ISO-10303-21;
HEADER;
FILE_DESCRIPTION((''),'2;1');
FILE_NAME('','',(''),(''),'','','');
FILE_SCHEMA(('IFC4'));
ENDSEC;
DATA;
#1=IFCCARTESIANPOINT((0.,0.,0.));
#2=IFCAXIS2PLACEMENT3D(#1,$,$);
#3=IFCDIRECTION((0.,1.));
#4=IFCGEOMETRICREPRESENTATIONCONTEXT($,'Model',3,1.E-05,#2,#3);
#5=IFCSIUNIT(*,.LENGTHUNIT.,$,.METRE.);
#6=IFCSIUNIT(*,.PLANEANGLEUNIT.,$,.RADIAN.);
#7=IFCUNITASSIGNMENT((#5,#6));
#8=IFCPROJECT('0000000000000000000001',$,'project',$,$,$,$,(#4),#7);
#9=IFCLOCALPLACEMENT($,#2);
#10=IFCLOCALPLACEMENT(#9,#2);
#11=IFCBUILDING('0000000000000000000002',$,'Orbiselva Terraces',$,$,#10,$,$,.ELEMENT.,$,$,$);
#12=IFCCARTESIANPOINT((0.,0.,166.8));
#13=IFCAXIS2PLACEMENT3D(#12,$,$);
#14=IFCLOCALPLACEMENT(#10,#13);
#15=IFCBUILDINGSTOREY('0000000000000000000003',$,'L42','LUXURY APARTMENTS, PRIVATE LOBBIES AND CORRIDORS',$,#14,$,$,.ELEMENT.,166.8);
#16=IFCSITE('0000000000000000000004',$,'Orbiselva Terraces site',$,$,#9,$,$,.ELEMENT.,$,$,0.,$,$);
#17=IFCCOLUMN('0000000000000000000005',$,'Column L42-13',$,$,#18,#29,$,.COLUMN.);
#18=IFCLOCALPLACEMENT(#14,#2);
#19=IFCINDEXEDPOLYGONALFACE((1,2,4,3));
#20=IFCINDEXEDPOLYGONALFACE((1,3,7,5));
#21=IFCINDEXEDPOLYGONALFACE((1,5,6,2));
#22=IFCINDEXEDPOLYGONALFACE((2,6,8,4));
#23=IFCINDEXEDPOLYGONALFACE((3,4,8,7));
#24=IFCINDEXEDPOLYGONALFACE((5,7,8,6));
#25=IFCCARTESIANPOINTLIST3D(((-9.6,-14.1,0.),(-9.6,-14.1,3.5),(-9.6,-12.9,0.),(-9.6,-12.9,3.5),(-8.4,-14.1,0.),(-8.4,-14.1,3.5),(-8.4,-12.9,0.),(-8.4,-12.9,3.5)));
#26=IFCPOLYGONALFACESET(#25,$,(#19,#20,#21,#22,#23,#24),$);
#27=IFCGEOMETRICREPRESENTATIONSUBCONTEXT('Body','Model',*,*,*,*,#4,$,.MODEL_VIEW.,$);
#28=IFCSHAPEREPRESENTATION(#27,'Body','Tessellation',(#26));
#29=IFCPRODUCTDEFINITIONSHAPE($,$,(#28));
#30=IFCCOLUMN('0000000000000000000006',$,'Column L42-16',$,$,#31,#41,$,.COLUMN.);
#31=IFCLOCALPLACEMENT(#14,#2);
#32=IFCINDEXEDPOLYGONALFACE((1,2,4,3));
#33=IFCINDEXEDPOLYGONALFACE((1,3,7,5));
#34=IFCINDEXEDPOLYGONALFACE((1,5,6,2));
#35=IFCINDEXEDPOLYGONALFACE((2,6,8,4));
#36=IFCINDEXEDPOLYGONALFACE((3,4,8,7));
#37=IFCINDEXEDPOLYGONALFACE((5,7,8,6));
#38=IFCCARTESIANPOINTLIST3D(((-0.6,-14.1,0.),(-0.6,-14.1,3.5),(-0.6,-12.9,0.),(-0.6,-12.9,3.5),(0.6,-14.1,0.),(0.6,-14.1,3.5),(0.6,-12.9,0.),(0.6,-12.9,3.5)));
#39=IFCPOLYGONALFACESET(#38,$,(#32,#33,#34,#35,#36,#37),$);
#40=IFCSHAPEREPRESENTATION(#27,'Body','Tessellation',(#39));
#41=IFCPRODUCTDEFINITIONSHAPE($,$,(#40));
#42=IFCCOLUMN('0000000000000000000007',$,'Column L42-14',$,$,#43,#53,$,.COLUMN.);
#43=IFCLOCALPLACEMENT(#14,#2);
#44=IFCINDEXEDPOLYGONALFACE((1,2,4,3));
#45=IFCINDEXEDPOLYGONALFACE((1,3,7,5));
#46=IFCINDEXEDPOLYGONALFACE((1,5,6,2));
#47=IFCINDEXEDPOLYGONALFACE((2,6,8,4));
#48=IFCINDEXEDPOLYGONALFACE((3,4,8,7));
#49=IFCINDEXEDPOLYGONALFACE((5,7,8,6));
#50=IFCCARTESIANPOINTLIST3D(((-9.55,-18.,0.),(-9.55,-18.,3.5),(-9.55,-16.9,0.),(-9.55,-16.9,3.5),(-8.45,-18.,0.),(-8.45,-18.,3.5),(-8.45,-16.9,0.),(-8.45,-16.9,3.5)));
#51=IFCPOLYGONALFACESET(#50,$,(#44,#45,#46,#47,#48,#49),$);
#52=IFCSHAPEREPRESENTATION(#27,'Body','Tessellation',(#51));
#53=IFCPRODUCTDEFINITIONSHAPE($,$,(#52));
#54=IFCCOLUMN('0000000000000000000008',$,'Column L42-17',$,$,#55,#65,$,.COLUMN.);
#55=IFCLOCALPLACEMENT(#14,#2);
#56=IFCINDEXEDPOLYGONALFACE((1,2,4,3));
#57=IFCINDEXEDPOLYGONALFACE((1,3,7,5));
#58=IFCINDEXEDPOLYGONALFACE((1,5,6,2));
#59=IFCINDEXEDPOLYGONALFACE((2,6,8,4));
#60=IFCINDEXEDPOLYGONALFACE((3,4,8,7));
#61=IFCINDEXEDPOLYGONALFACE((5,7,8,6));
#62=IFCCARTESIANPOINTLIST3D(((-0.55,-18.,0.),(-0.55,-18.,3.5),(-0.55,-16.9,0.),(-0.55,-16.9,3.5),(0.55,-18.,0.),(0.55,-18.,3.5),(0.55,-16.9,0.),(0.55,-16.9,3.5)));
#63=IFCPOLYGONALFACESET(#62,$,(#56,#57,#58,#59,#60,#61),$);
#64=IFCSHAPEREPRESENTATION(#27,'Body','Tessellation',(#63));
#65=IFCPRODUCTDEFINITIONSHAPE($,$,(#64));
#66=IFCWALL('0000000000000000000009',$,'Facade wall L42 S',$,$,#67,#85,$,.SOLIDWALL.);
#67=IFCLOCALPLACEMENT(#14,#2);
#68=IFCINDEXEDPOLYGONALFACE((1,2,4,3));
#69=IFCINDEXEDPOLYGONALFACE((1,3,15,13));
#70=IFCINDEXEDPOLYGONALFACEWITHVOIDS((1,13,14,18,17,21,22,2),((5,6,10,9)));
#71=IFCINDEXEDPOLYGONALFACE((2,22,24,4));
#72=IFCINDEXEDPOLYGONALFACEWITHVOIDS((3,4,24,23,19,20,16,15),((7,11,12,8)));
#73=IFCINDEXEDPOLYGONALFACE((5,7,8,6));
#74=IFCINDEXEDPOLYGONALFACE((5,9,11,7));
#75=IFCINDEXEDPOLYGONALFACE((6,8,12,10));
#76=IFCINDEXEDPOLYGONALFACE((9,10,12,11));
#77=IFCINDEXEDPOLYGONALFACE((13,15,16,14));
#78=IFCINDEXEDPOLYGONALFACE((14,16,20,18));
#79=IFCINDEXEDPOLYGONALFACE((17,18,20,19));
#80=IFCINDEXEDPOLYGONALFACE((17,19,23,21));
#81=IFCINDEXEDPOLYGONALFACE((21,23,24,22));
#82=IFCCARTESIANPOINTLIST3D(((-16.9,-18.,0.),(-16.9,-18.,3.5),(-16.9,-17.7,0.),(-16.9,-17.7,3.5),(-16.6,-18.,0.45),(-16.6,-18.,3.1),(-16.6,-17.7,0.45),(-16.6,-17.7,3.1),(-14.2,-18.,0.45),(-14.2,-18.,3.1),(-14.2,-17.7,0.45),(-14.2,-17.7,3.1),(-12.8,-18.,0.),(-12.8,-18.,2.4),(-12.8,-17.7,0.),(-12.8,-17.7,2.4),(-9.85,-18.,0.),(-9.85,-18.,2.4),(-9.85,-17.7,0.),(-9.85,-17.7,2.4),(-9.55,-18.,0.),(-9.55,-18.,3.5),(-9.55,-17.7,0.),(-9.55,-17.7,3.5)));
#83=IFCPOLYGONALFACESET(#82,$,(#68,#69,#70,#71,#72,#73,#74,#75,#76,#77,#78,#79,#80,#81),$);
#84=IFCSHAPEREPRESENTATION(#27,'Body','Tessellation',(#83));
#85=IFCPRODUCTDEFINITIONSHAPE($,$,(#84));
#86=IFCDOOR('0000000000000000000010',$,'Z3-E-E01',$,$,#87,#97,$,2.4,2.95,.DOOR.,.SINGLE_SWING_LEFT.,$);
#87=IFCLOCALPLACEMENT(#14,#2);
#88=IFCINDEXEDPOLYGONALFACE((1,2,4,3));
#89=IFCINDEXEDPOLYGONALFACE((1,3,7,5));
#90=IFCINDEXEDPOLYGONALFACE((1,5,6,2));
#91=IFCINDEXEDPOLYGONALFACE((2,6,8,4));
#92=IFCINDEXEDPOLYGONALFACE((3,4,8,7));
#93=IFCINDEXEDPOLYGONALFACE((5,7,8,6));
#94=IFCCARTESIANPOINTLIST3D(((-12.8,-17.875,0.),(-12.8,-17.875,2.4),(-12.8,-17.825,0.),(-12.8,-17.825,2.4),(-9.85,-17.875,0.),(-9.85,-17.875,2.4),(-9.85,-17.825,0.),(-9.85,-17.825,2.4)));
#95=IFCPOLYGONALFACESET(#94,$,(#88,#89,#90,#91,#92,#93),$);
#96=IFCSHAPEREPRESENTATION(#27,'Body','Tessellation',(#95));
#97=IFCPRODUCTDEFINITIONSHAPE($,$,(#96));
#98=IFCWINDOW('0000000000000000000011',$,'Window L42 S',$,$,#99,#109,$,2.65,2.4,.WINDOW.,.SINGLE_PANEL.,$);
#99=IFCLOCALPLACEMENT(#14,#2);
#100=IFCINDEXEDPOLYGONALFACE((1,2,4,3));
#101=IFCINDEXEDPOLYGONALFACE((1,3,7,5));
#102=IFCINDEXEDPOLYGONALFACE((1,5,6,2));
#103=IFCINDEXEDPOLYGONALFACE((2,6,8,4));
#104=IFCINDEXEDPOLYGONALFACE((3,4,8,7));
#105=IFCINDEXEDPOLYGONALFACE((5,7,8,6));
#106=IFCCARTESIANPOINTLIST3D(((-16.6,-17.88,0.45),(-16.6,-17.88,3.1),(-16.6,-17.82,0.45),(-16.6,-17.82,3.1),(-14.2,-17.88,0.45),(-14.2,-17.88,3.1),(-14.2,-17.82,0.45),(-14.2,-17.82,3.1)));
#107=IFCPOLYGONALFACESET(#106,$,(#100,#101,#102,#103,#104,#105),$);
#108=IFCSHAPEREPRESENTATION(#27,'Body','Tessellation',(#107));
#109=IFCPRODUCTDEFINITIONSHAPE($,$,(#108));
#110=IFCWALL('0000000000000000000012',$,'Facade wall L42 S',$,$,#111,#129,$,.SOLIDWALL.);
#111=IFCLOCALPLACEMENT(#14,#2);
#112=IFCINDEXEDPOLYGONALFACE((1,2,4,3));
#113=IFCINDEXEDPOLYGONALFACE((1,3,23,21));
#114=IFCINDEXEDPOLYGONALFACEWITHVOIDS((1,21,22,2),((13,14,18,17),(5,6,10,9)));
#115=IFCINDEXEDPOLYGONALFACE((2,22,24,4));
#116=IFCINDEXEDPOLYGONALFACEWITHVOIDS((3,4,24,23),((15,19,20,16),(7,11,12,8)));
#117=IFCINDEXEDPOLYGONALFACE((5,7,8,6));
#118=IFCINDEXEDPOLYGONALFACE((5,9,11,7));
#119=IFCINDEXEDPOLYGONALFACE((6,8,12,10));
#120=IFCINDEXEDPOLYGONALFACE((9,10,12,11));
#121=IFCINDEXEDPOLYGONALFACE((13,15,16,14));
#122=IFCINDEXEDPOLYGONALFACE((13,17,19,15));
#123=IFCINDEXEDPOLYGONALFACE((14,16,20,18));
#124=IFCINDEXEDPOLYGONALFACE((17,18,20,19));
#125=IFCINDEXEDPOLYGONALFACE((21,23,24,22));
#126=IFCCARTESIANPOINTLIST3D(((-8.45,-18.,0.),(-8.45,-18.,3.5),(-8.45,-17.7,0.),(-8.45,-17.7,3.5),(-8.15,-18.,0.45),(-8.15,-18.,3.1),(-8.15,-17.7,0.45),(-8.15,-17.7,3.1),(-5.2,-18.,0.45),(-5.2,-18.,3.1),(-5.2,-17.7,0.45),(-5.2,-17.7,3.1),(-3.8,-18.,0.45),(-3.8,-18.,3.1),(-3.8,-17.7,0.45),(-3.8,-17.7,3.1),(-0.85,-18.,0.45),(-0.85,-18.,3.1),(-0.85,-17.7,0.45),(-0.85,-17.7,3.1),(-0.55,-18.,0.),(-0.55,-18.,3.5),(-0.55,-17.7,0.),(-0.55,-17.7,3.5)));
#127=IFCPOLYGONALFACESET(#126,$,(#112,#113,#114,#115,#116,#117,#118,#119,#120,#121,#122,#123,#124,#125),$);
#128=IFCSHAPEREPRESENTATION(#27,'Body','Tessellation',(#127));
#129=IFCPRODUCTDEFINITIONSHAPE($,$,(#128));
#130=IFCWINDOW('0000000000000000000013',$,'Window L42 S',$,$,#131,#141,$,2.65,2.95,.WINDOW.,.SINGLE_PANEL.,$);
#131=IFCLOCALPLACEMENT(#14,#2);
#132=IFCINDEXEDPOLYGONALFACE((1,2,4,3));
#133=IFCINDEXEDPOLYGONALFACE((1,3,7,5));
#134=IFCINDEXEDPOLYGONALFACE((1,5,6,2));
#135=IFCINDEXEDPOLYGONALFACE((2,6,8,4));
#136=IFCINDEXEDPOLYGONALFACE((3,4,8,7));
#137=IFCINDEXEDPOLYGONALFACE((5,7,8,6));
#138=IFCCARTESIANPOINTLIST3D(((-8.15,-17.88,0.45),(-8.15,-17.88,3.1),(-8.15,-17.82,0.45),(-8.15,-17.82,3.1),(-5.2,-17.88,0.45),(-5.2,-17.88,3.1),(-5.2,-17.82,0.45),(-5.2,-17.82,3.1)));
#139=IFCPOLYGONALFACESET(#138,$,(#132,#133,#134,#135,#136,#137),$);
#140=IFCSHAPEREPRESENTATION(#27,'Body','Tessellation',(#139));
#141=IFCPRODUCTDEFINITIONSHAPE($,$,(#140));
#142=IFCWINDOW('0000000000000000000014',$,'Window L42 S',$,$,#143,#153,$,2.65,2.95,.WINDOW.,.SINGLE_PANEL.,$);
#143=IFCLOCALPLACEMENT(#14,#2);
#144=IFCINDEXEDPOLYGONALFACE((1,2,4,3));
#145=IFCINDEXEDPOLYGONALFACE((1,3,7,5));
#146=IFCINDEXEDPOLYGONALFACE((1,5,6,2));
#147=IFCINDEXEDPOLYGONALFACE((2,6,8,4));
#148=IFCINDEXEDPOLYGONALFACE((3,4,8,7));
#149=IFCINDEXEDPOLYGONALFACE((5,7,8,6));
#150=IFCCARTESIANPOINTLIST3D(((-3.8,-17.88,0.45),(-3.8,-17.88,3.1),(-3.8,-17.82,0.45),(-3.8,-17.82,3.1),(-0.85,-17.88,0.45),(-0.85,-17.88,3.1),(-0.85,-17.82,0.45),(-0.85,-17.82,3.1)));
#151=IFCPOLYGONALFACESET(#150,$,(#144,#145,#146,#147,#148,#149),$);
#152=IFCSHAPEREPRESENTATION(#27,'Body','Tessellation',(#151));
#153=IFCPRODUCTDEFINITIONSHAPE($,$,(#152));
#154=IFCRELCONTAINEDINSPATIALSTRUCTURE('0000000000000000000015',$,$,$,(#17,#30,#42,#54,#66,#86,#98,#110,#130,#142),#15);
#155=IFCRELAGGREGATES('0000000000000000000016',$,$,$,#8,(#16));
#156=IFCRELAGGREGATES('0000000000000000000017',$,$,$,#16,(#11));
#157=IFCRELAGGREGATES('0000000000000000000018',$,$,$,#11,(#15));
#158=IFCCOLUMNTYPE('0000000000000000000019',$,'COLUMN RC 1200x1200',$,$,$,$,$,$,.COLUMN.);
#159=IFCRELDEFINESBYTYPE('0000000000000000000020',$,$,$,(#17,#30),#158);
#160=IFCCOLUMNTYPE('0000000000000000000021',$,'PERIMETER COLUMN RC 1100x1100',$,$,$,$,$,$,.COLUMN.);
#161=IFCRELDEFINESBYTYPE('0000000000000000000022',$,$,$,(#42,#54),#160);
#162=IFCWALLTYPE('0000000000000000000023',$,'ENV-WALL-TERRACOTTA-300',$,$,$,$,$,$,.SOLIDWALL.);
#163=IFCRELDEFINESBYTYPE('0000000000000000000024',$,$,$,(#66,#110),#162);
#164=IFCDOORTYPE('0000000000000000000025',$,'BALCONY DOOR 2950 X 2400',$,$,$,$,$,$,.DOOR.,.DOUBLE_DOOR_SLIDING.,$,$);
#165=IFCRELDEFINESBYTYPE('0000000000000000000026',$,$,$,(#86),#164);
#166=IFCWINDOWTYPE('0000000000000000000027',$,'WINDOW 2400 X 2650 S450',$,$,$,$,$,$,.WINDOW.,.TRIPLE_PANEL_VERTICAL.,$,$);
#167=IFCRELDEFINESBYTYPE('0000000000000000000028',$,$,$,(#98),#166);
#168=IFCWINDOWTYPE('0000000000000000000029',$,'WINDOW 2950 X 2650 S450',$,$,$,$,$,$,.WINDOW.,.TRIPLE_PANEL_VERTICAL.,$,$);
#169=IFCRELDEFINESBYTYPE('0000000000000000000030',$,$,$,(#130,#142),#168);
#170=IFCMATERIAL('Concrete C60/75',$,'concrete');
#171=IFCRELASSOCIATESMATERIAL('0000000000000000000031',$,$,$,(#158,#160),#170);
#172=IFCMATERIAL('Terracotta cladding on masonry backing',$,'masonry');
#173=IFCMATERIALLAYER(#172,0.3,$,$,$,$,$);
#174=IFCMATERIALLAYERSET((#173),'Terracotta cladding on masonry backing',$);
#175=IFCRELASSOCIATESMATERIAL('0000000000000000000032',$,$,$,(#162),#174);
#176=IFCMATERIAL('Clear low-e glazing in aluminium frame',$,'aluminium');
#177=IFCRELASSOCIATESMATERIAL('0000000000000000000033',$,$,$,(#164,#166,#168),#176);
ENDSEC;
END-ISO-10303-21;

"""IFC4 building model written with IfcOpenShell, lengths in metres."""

from ifc_helpers import new_model, si_unit, direction, frame, frame_2d, origin, origin_2d, place, context, subcontext, project, spatial, rectangle, extrude, material, layer, layer_set, material_profile, profile_set, type_object, element, fill, save


model = new_model("IFC4")

# Units and contexts
model_context = context("Model", 3, precision=1e-05, world=origin(), true_north=direction((0.0, 1.0)))
body_context = subcontext(model_context, "Body", "Model", "MODEL_VIEW")
ifc_project = project(units=[si_unit("LENGTHUNIT", "METRE"), si_unit("PLANEANGLEUNIT", "RADIAN")], contexts=[model_context])

# Site, building, storey
site_placement = place(None, origin())
site = spatial("IfcSite", under=ifc_project, at=site_placement, Name="Orbiselva Terraces site", CompositionType="ELEMENT", RefElevation=0.0)
building_placement = place(site_placement, origin())
building = spatial("IfcBuilding", under=site, at=building_placement, Name="Orbiselva Terraces", CompositionType="ELEMENT")
storey_placement = place(building_placement, frame((0.0, 0.0, 166.8)))
storey = spatial("IfcBuildingStorey", under=building, at=storey_placement, Name="L42", Description="LUXURY APARTMENTS, PRIVATE LOBBIES AND CORRIDORS", CompositionType="ELEMENT", Elevation=166.8)

# Columns
ifc_material_1 = material(Name="Concrete C60/75", Category="concrete")
ifc_material_profile_1 = material_profile(ifc_material_1, rectangle(XDim=1.2, YDim=1.2, at=origin_2d()), Name="RC 1200x1200")
ifc_profile_set_1 = profile_set([ifc_material_profile_1], Name="Concrete C60/75")
column_type_1 = type_object("IfcColumnType", Name="COLUMN RC 1200x1200", PredefinedType="COLUMN", material=ifc_profile_set_1)
for number, where, z_axis, x_axis, name in (
    (1, (-9.0, -13.5, 0.0), (0.0, 0.0, 1.0), (1.0, 0.0, 0.0), "Column L42-13"),
    (2, (0.0, -13.5, 0.0), (0.0, 0.0, 1.0), (1.0, 0.0, 0.0), "Column L42-16"),
):
    element("IfcColumn", number, at=place(storey_placement, frame(where, z_axis=z_axis, x_axis=x_axis)), inside=storey, type_object=column_type_1, Name=name, PredefinedType="COLUMN", context=body_context, shape_type="SweptSolid", body=[
        extrude(rectangle(XDim=1.2, YDim=1.2, at=origin_2d()), origin(), (0.0, 0.0, 1.0), 3.5),
    ])
ifc_material_profile_2 = material_profile(ifc_material_1, rectangle(XDim=1.1, YDim=1.1, at=origin_2d()), Name="RC 1100x1100")
ifc_profile_set_2 = profile_set([ifc_material_profile_2], Name="Concrete C60/75")
column_type_2 = type_object("IfcColumnType", Name="PERIMETER COLUMN RC 1100x1100", PredefinedType="COLUMN", material=ifc_profile_set_2)
for number, where, z_axis, x_axis, name in (
    (3, (-9.0, -17.45, 0.0), (0.0, 0.0, 1.0), (1.0, 0.0, 0.0), "Column L42-14"),
    (4, (0.0, -17.45, 0.0), (0.0, 0.0, 1.0), (1.0, 0.0, 0.0), "Column L42-17"),
):
    element("IfcColumn", number, at=place(storey_placement, frame(where, z_axis=z_axis, x_axis=x_axis)), inside=storey, type_object=column_type_2, Name=name, PredefinedType="COLUMN", context=body_context, shape_type="SweptSolid", body=[
        extrude(rectangle(XDim=1.1, YDim=1.1, at=origin_2d()), origin(), (0.0, 0.0, 1.0), 3.5),
    ])

# Wall, openings, door, window
ifc_material_2 = material(Name="Terracotta cladding on masonry backing", Category="masonry")
ifc_layer_1 = layer(ifc_material_2, 0.3)
ifc_layer_set_1 = layer_set([ifc_layer_1], Name="Terracotta cladding on masonry backing")
wall_type_1 = type_object("IfcWallType", Name="ENV-WALL-TERRACOTTA-300", PredefinedType="SOLIDWALL", material=ifc_layer_set_1)
wall_1_placement = place(storey_placement, frame((-9.55, -17.85, 0.0), z_axis=(0.0, 0.0, 1.0), x_axis=(-1.0, 0.0, 0.0)))
wall_1 = element("IfcWall", 5, at=wall_1_placement, inside=storey, type_object=wall_type_1, Name="Facade wall L42 S", PredefinedType="SOLIDWALL", context=body_context, shape_type="SweptSolid", body=[
    extrude(rectangle(XDim=7.35, YDim=0.3, at=frame_2d((3.675, 0.0))), origin(), (0.0, 0.0, 1.0), 3.5),
])
opening_1_placement = place(wall_1_placement, frame((4.65, 0.0, 0.45)))
opening_1 = element("IfcOpeningElement", 6, at=opening_1_placement, cuts=wall_1, PredefinedType="OPENING", context=body_context, shape_type="SweptSolid", body=[
    extrude(rectangle(XDim=2.4, YDim=2.65, at=frame_2d((1.2, 1.325))), frame((0.0, 0.16, 0.0), z_axis=(0.0, -1.0, 0.0), x_axis=(1.0, 0.0, 0.0)), (0.0, 0.0, 1.0), 0.32),
])
opening_2_placement = place(wall_1_placement, frame((0.3, 0.0, 0.0)))
opening_2 = element("IfcOpeningElement", 7, at=opening_2_placement, cuts=wall_1, PredefinedType="OPENING", context=body_context, shape_type="SweptSolid", body=[
    extrude(rectangle(XDim=2.95, YDim=2.4, at=frame_2d((1.475, 1.2))), frame((0.0, 0.16, 0.0), z_axis=(0.0, -1.0, 0.0), x_axis=(1.0, 0.0, 0.0)), (0.0, 0.0, 1.0), 0.32),
])
ifc_material_3 = material(Name="Clear low-e glazing in aluminium frame", Category="aluminium")
door_type_1 = type_object("IfcDoorType", Name="BALCONY DOOR 2950 X 2400", OperationType="DOUBLE_DOOR_SLIDING", PredefinedType="DOOR", material=ifc_material_3)
door_1_placement = place(opening_2_placement, origin())
door_1 = element("IfcDoor", 8, at=door_1_placement, inside=storey, type_object=door_type_1, Name="Z3-E-E01", OperationType="SINGLE_SWING_LEFT", OverallHeight=2.4, OverallWidth=2.95, PredefinedType="DOOR", context=body_context, shape_type="SweptSolid", body=[
    extrude(rectangle(XDim=2.95, YDim=2.4, at=frame_2d((1.475, 1.2))), frame((0.0, 0.025, 0.0), z_axis=(0.0, -1.0, 0.0), x_axis=(1.0, 0.0, 0.0)), (0.0, 0.0, 1.0), 0.05),
])
fill(opening_2, door_1)
window_type_1 = type_object("IfcWindowType", Name="WINDOW 2400 X 2650 S450", PartitioningType="TRIPLE_PANEL_VERTICAL", PredefinedType="WINDOW", material=ifc_material_3)
window_1_placement = place(opening_1_placement, origin())
window_1 = element("IfcWindow", 9, at=window_1_placement, inside=storey, type_object=window_type_1, Name="Window L42 S", OverallHeight=2.65, OverallWidth=2.4, PartitioningType="SINGLE_PANEL", PredefinedType="WINDOW", context=body_context, shape_type="SweptSolid", body=[
    extrude(rectangle(XDim=2.4, YDim=2.65, at=frame_2d((1.2, 1.325))), frame((0.0, 0.03, 0.0), z_axis=(0.0, -1.0, 0.0), x_axis=(1.0, 0.0, 0.0)), (0.0, 0.0, 1.0), 0.06),
])
fill(opening_1, window_1)

# Wall, openings, windows
wall_2_placement = place(storey_placement, frame((-0.55, -17.85, 0.0), z_axis=(0.0, 0.0, 1.0), x_axis=(-1.0, 0.0, 0.0)))
wall_2 = element("IfcWall", 10, at=wall_2_placement, inside=storey, type_object=wall_type_1, Name="Facade wall L42 S", PredefinedType="SOLIDWALL", context=body_context, shape_type="SweptSolid", body=[
    extrude(rectangle(XDim=7.9, YDim=0.3, at=frame_2d((3.95, 0.0))), origin(), (0.0, 0.0, 1.0), 3.5),
])
opening_3_placement = place(wall_2_placement, frame((4.65, 0.0, 0.45)))
opening_3 = element("IfcOpeningElement", 11, at=opening_3_placement, cuts=wall_2, PredefinedType="OPENING", context=body_context, shape_type="SweptSolid", body=[
    extrude(rectangle(XDim=2.95, YDim=2.65, at=frame_2d((1.475, 1.325))), frame((0.0, 0.16, 0.0), z_axis=(0.0, -1.0, 0.0), x_axis=(1.0, 0.0, 0.0)), (0.0, 0.0, 1.0), 0.32),
])
opening_4_placement = place(wall_2_placement, frame((0.3, 0.0, 0.45)))
opening_4 = element("IfcOpeningElement", 12, at=opening_4_placement, cuts=wall_2, PredefinedType="OPENING", context=body_context, shape_type="SweptSolid", body=[
    extrude(rectangle(XDim=2.95, YDim=2.65, at=frame_2d((1.475, 1.325))), frame((0.0, 0.16, 0.0), z_axis=(0.0, -1.0, 0.0), x_axis=(1.0, 0.0, 0.0)), (0.0, 0.0, 1.0), 0.32),
])
window_type_2 = type_object("IfcWindowType", Name="WINDOW 2950 X 2650 S450", PartitioningType="TRIPLE_PANEL_VERTICAL", PredefinedType="WINDOW", material=ifc_material_3)
window_2_placement = place(opening_3_placement, origin())
window_2 = element("IfcWindow", 13, at=window_2_placement, inside=storey, type_object=window_type_2, Name="Window L42 S", OverallHeight=2.65, OverallWidth=2.95, PartitioningType="SINGLE_PANEL", PredefinedType="WINDOW", context=body_context, shape_type="SweptSolid", body=[
    extrude(rectangle(XDim=2.95, YDim=2.65, at=frame_2d((1.475, 1.325))), frame((0.0, 0.03, 0.0), z_axis=(0.0, -1.0, 0.0), x_axis=(1.0, 0.0, 0.0)), (0.0, 0.0, 1.0), 0.06),
])
fill(opening_3, window_2)
window_3_placement = place(opening_4_placement, origin())
window_3 = element("IfcWindow", 14, at=window_3_placement, inside=storey, type_object=window_type_2, Name="Window L42 S", OverallHeight=2.65, OverallWidth=2.95, PartitioningType="SINGLE_PANEL", PredefinedType="WINDOW", context=body_context, shape_type="SweptSolid", body=[
    extrude(rectangle(XDim=2.95, YDim=2.65, at=frame_2d((1.475, 1.325))), frame((0.0, 0.03, 0.0), z_axis=(0.0, -1.0, 0.0), x_axis=(1.0, 0.0, 0.0)), (0.0, 0.0, 1.0), 0.06),
])
fill(opening_4, window_3)

save(model, "model.ifc")
